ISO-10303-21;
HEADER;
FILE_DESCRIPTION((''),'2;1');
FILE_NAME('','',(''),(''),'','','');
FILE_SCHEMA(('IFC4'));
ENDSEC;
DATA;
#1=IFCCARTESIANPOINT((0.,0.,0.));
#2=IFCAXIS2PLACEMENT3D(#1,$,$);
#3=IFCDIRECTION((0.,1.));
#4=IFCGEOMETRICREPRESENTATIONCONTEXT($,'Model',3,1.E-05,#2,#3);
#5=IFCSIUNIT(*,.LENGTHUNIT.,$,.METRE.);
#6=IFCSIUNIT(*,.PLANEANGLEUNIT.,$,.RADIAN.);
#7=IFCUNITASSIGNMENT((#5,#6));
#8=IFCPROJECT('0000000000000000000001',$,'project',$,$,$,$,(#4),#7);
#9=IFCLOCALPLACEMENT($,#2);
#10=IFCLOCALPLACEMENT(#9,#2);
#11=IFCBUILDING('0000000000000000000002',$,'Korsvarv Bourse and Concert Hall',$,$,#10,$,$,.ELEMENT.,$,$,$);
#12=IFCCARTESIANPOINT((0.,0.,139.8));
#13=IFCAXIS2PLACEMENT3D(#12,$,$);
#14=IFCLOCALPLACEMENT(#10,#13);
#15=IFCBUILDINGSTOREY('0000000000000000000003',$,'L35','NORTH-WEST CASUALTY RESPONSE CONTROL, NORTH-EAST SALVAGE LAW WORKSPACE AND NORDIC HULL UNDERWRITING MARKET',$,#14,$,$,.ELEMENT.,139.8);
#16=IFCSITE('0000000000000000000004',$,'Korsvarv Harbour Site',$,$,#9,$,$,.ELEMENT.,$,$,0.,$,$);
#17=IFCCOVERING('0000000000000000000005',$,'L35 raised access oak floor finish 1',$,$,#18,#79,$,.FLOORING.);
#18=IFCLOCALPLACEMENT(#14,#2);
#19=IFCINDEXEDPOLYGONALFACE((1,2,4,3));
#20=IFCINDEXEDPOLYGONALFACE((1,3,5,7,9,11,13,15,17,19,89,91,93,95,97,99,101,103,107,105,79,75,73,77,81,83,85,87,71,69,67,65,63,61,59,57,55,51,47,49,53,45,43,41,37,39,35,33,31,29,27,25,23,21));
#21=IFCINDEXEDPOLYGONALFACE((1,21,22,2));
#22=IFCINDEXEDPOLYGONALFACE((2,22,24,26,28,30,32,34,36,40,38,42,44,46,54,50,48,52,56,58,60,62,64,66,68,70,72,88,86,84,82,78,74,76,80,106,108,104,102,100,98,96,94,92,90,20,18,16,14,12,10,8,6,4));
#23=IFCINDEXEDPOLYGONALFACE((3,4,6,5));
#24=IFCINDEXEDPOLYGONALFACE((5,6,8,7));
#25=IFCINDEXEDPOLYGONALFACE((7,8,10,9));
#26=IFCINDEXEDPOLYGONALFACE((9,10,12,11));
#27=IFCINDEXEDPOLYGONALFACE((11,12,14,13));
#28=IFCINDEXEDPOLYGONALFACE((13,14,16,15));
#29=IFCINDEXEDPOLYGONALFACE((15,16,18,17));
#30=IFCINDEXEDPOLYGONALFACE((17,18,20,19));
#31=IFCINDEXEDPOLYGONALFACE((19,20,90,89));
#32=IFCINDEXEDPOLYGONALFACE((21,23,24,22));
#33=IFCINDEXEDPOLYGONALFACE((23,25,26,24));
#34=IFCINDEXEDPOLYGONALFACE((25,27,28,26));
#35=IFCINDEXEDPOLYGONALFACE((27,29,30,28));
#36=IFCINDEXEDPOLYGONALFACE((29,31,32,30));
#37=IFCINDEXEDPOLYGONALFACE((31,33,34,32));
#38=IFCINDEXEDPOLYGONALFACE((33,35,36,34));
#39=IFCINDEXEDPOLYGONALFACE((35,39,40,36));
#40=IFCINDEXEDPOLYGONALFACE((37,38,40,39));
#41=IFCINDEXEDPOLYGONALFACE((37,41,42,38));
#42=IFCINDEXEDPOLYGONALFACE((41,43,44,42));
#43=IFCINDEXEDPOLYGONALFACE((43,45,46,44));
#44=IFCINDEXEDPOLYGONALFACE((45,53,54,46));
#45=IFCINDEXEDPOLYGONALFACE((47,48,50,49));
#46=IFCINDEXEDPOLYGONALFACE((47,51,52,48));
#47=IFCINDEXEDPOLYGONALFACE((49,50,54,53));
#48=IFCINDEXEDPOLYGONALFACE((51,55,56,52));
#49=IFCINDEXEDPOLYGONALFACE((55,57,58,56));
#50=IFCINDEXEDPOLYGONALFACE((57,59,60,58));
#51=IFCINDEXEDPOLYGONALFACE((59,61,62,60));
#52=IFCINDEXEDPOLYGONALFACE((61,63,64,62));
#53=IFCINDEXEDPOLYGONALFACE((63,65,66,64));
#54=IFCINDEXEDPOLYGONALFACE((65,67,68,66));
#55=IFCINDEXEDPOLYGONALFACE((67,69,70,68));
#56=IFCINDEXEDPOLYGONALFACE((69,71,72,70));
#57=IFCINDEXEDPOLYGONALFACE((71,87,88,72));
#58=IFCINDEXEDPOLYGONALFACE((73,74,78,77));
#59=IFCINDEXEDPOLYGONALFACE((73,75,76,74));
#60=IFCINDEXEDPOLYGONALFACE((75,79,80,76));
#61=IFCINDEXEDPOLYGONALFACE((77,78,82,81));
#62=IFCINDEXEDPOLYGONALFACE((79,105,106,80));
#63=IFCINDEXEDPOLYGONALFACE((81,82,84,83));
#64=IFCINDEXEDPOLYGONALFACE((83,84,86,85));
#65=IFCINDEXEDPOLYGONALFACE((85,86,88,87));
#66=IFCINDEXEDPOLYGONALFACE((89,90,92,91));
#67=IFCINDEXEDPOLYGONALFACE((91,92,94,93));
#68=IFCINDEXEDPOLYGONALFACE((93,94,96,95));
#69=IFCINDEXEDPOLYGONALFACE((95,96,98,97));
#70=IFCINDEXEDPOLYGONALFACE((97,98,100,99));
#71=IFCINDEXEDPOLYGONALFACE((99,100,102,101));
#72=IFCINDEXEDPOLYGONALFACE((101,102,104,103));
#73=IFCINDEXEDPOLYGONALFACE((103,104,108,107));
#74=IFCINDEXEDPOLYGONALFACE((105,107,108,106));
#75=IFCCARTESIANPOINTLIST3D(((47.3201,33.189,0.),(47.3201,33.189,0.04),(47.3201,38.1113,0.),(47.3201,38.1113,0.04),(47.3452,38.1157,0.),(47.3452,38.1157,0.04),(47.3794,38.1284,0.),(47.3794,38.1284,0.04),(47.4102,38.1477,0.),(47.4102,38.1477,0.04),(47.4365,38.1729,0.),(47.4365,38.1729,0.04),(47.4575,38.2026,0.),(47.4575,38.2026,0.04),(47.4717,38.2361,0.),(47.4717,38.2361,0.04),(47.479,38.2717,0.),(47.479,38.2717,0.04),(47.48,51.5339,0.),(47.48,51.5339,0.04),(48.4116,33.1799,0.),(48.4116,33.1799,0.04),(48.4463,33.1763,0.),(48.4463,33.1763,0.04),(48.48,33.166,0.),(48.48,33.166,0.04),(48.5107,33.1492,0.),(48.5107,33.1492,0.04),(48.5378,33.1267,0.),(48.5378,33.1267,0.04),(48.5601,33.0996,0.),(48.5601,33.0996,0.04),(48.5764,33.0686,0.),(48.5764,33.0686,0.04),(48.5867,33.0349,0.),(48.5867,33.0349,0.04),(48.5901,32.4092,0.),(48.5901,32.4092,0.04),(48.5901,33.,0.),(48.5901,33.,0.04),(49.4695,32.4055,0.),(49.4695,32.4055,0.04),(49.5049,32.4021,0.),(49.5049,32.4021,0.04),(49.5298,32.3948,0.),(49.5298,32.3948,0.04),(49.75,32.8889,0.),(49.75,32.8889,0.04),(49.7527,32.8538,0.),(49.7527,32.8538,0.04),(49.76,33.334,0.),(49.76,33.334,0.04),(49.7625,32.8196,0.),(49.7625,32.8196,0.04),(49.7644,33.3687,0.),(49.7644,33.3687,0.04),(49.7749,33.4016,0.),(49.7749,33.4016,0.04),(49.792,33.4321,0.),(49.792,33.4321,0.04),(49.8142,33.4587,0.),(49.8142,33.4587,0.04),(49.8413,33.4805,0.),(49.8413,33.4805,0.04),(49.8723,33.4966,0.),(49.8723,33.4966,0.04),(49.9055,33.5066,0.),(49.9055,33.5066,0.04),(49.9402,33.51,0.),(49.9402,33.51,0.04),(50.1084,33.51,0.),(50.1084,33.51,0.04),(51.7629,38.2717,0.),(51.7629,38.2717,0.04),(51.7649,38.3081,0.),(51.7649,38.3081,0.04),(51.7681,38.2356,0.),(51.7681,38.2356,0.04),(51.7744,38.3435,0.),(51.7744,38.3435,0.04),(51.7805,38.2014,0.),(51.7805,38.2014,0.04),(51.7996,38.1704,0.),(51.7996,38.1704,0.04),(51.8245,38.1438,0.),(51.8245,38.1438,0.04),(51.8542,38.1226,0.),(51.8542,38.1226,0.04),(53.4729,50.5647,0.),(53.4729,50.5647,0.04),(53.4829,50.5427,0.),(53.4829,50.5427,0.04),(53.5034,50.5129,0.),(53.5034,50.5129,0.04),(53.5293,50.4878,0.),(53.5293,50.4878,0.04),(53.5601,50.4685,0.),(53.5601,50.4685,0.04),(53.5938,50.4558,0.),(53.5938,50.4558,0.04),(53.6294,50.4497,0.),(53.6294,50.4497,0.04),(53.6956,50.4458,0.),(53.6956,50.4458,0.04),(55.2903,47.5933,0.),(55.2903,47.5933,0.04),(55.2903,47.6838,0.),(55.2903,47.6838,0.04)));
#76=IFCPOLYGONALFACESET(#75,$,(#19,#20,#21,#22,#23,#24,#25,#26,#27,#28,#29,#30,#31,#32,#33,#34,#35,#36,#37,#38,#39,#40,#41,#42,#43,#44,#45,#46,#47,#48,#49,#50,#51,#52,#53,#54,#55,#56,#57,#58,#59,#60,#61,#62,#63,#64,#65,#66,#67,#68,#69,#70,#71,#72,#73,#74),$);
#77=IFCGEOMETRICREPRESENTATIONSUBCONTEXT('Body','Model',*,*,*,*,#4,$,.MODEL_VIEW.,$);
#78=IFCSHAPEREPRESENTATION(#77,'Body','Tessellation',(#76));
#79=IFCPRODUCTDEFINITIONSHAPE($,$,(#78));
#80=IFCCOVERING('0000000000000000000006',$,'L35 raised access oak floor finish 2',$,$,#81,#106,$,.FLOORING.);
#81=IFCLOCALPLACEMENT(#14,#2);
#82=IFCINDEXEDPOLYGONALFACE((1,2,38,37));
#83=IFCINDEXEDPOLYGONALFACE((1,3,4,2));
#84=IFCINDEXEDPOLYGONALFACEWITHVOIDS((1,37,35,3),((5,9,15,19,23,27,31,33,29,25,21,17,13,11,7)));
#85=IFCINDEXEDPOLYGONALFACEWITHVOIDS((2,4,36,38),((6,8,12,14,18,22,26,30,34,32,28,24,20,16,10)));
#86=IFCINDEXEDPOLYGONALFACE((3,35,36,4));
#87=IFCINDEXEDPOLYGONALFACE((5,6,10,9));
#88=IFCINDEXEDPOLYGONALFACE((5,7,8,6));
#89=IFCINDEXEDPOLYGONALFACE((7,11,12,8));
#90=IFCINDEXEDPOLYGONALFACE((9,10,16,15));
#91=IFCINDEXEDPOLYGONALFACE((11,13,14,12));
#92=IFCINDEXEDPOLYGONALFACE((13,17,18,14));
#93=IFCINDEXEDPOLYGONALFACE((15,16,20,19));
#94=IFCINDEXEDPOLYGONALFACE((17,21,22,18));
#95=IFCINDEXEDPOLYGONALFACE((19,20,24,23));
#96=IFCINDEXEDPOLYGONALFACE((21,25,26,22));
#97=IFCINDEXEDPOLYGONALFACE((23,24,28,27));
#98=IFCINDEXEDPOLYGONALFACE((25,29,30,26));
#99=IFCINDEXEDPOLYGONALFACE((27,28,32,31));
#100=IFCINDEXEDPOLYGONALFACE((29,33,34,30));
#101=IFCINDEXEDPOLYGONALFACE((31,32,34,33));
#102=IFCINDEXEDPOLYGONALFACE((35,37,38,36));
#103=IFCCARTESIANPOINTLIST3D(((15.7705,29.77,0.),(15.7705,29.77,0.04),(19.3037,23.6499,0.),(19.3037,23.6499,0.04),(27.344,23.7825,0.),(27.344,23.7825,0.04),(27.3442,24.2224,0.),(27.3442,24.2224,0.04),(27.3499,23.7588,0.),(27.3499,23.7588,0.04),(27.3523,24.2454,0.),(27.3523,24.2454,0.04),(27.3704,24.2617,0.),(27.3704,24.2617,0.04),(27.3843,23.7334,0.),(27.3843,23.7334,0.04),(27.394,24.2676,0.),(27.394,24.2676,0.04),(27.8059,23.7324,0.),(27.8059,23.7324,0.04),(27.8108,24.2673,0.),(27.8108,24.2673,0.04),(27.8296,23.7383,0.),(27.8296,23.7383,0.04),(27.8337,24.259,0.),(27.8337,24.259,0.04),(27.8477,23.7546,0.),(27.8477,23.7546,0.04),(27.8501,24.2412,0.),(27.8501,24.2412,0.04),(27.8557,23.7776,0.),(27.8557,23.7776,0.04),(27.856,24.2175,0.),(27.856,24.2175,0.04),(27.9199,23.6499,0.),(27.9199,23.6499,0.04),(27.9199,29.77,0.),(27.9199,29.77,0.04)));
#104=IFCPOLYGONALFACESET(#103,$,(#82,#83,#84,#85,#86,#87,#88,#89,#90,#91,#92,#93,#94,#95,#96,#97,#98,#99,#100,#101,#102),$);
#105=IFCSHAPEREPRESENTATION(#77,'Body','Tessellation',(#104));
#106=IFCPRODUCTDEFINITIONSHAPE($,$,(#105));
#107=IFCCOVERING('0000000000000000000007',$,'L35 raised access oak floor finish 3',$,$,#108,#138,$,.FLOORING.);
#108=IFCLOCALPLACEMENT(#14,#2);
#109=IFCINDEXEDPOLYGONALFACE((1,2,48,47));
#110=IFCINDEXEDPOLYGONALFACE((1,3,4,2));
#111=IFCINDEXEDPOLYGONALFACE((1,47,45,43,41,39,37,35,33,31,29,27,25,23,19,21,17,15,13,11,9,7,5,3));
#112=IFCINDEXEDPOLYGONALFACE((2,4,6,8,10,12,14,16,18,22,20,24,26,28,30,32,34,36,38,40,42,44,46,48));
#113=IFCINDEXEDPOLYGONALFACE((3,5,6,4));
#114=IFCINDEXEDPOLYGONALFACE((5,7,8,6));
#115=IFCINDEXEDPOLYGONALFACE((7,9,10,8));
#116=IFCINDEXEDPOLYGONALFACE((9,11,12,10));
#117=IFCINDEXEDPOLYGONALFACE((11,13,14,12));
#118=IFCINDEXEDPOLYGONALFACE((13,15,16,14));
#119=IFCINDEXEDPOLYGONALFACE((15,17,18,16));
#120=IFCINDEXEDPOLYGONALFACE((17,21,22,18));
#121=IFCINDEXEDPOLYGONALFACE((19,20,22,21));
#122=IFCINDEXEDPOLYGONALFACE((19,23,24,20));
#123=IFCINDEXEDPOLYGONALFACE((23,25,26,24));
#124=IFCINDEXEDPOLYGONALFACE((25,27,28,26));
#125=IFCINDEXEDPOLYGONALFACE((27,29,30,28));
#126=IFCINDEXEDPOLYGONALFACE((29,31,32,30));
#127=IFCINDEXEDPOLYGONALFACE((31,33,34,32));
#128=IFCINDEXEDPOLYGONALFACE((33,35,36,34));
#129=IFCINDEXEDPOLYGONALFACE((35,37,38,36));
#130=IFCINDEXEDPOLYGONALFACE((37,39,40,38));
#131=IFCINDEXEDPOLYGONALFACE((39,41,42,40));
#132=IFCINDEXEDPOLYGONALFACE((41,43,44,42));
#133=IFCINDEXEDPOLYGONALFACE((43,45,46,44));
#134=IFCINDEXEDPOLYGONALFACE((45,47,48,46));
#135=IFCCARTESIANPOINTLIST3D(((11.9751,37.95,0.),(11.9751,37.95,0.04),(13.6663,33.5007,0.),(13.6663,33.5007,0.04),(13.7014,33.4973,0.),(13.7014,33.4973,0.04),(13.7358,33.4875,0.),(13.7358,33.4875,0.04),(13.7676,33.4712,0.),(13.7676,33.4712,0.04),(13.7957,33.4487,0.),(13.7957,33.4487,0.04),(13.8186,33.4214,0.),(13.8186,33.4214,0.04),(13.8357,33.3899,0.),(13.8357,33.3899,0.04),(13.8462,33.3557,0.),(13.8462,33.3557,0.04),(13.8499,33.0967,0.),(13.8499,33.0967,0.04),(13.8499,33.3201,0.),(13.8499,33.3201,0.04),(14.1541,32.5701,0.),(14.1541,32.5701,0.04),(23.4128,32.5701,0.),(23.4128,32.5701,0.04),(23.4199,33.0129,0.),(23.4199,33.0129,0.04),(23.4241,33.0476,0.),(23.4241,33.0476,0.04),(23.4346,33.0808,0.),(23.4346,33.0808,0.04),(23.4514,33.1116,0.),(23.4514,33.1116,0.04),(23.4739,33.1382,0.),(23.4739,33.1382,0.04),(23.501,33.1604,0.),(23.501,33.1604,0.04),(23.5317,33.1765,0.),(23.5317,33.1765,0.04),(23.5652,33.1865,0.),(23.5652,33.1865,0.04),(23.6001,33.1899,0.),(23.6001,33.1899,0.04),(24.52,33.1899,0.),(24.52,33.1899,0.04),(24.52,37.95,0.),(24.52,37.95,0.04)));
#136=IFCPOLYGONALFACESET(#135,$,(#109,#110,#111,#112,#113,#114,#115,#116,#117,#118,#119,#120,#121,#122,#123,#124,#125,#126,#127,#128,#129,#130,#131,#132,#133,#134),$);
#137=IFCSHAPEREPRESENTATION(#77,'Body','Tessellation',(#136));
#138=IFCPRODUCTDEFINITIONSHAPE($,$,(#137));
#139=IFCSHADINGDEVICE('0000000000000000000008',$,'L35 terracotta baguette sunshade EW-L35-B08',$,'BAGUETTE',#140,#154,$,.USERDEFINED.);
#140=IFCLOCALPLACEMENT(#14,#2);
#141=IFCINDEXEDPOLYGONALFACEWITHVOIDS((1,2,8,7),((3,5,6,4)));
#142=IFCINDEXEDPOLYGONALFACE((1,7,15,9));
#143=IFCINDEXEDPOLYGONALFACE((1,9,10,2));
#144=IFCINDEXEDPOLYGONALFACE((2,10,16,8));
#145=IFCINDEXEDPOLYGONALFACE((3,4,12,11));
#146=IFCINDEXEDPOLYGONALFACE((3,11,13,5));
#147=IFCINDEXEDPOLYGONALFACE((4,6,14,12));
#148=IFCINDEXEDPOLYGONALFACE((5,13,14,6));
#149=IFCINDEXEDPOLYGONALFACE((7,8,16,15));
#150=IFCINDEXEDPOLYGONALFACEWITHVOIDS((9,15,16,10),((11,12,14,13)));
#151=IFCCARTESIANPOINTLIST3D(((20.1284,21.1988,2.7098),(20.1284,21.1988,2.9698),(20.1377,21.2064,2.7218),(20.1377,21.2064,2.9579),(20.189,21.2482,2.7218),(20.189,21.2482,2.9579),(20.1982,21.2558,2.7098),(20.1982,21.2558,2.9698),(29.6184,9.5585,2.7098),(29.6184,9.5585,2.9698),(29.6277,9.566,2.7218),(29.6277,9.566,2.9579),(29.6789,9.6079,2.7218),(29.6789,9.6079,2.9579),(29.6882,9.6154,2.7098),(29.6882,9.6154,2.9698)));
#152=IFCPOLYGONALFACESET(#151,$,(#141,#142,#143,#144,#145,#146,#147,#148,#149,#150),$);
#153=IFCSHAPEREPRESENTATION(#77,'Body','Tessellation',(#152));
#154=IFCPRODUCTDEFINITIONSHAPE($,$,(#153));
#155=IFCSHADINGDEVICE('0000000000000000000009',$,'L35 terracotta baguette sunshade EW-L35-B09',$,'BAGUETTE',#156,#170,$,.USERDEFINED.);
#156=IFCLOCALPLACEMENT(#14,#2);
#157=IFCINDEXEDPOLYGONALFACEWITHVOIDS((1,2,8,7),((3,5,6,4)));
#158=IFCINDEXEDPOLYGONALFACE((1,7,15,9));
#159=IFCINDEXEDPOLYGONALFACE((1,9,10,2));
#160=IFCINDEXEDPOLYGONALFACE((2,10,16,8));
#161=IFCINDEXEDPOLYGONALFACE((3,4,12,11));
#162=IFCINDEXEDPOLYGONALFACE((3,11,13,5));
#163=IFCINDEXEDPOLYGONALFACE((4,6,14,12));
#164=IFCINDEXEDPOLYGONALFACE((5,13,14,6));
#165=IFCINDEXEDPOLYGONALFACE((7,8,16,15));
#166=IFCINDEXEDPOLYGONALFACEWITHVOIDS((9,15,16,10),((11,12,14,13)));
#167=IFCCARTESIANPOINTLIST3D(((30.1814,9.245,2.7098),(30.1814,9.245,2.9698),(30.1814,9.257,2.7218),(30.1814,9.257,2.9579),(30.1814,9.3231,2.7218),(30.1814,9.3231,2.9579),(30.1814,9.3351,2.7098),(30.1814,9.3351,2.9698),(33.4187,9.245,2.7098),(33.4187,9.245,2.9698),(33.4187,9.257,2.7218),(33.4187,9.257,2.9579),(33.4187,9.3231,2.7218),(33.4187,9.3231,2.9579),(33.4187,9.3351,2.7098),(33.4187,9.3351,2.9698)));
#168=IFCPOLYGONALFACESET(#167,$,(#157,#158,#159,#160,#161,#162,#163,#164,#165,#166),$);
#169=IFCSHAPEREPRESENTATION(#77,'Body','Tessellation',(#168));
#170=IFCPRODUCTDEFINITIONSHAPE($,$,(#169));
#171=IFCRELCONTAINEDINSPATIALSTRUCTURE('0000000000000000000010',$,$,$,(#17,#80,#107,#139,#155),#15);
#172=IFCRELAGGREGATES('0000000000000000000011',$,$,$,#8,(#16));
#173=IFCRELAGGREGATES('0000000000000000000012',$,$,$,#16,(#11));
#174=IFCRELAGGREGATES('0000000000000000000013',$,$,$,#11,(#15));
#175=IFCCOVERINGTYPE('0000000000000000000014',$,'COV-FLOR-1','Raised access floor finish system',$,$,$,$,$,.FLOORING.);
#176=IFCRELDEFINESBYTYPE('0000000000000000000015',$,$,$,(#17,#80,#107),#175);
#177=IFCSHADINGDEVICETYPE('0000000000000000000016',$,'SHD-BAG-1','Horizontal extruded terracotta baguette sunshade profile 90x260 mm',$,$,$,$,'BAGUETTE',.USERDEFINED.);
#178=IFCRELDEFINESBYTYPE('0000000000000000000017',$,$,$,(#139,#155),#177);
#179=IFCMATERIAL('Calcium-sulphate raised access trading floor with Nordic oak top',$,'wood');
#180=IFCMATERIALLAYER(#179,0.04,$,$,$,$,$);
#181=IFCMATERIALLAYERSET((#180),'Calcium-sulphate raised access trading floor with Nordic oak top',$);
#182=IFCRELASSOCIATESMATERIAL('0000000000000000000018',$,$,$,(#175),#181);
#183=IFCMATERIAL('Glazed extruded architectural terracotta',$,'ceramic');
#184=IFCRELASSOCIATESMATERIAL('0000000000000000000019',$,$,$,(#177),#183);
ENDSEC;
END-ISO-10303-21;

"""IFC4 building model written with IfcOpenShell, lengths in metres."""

from ifc_helpers import new_model, si_unit, direction, frame, origin, origin_2d, place, context, subcontext, project, spatial, polyline, hollow_rectangle, outline, extrude, source, transform, mapped, material, layer, layer_set, material_profile, profile_set, type_object, element, save


model = new_model("IFC4")

# Units and contexts
model_context = context("Model", 3, precision=1e-05, world=origin(), true_north=direction((0.0, 1.0)))
body_context = subcontext(model_context, "Body", "Model", "MODEL_VIEW")
ifc_project = project(units=[si_unit("LENGTHUNIT", "METRE"), si_unit("PLANEANGLEUNIT", "RADIAN")], contexts=[model_context])

# Site, building, storey
site_placement = place(None, origin())
site = spatial("IfcSite", under=ifc_project, at=site_placement, Name="Korsvarv Harbour Site", CompositionType="ELEMENT", RefElevation=0.0)
building_placement = place(site_placement, origin())
building = spatial("IfcBuilding", under=site, at=building_placement, Name="Korsvarv Bourse and Concert Hall", CompositionType="ELEMENT")
storey_placement = place(building_placement, frame((0.0, 0.0, 139.8)))
storey = spatial("IfcBuildingStorey", under=building, at=storey_placement, Name="L35", Description="NORTH-WEST CASUALTY RESPONSE CONTROL, NORTH-EAST SALVAGE LAW WORKSPACE AND NORDIC HULL UNDERWRITING MARKET", CompositionType="ELEMENT", Elevation=139.8)

# Coverings
ifc_material_1 = material(Name="Calcium-sulphate raised access trading floor with Nordic oak top", Category="wood")
ifc_layer_1 = layer(ifc_material_1, 0.04)
ifc_layer_set_1 = layer_set([ifc_layer_1], Name="Calcium-sulphate raised access trading floor with Nordic oak top")
covering_type_1 = type_object("IfcCoveringType", Name="COV-FLOR-1", Description="Raised access floor finish system", PredefinedType="FLOORING", material=ifc_layer_set_1)
covering_1_placement = place(storey_placement, origin())
element("IfcCovering", 1, at=covering_1_placement, inside=storey, type_object=covering_type_1, Name="L35 raised access oak floor finish 1", PredefinedType="FLOORING", context=body_context, shape_type="SweptSolid", body=[
    extrude(outline(polyline([(47.3201, 38.1113), (47.3452, 38.1157), (47.3794, 38.1284), (47.4102, 38.1477), (47.4365, 38.1729), (47.4575, 38.2026), (47.4717, 38.2361), (47.479, 38.2717), (47.48, 51.5339), (53.4729, 50.5647), (53.4829, 50.5427), (53.5034, 50.5129), (53.5293, 50.4878), (53.5601, 50.4685), (53.5938, 50.4558), (53.6294, 50.4497), (53.6956, 50.4458), (55.2903, 47.6838), (55.2903, 47.5933), (51.7744, 38.3435), (51.7649, 38.3081), (51.7629, 38.2717), (51.7681, 38.2356), (51.7805, 38.2014), (51.7996, 38.1704), (51.8245, 38.1438), (51.8542, 38.1226), (50.1084, 33.51), (49.9402, 33.51), (49.9055, 33.5066), (49.8723, 33.4966), (49.8413, 33.4805), (49.8142, 33.4587), (49.792, 33.4321), (49.7749, 33.4016), (49.7644, 33.3687), (49.76, 33.334), (49.75, 32.8889), (49.7527, 32.8538), (49.7625, 32.8196), (49.5298, 32.3948), (49.5049, 32.4021), (49.4695, 32.4055), (48.5901, 32.4092), (48.5901, 33.0), (48.5867, 33.0349), (48.5764, 33.0686), (48.5601, 33.0996), (48.5378, 33.1267), (48.5107, 33.1492), (48.48, 33.166), (48.4463, 33.1763), (48.4116, 33.1799), (47.3201, 33.189), (47.3201, 38.1113)])), origin(), (0.0, 0.0, 1.0), 0.04),
])
covering_2_placement = place(storey_placement, origin())
element("IfcCovering", 2, at=covering_2_placement, inside=storey, type_object=covering_type_1, Name="L35 raised access oak floor finish 2", PredefinedType="FLOORING", context=body_context, shape_type="SweptSolid", body=[
    extrude(outline(polyline([(19.3037, 23.6499), (15.7705, 29.77), (27.9199, 29.77), (27.9199, 23.6499), (19.3037, 23.6499)]), holes=[polyline([(27.3843, 23.7334), (27.8059, 23.7324), (27.8296, 23.7383), (27.8477, 23.7546), (27.8557, 23.7776), (27.856, 24.2175), (27.8501, 24.2412), (27.8337, 24.259), (27.8108, 24.2673), (27.394, 24.2676), (27.3704, 24.2617), (27.3523, 24.2454), (27.3442, 24.2224), (27.344, 23.7825), (27.3499, 23.7588), (27.3843, 23.7334)])]), origin(), (0.0, 0.0, 1.0), 0.04),
])
covering_3_placement = place(storey_placement, origin())
element("IfcCovering", 3, at=covering_3_placement, inside=storey, type_object=covering_type_1, Name="L35 raised access oak floor finish 3", PredefinedType="FLOORING", context=body_context, shape_type="SweptSolid", body=[
    extrude(outline(polyline([(13.8499, 33.0967), (13.8499, 33.3201), (13.8462, 33.3557), (13.8357, 33.3899), (13.8186, 33.4214), (13.7957, 33.4487), (13.7676, 33.4712), (13.7358, 33.4875), (13.7014, 33.4973), (13.6663, 33.5007), (11.9751, 37.95), (24.52, 37.95), (24.52, 33.1899), (23.6001, 33.1899), (23.5652, 33.1865), (23.5317, 33.1765), (23.501, 33.1604), (23.4739, 33.1382), (23.4514, 33.1116), (23.4346, 33.0808), (23.4241, 33.0476), (23.4199, 33.0129), (23.4128, 32.5701), (14.1541, 32.5701), (13.8499, 33.0967)])), origin(), (0.0, 0.0, 1.0), 0.04),
])

# Shading devices
ifc_material_2 = material(Name="Glazed extruded architectural terracotta", Category="ceramic")
ifc_material_profile_1 = material_profile(ifc_material_2, hollow_rectangle(XDim=0.0901, YDim=0.26, WallThickness=0.012, at=origin_2d()), Name="TC-BAG 90x260")
ifc_profile_set_1 = profile_set([ifc_material_profile_1], Name="Glazed extruded architectural terracotta")
shading_device_type = type_object("IfcShadingDeviceType", Name="SHD-BAG-1", Description="Horizontal extruded terracotta baguette sunshade profile 90x260 mm", ElementType="BAGUETTE", PredefinedType="USERDEFINED", material=ifc_profile_set_1)
shared_shape_1 = source(origin(), body_context, "Body", "SweptSolid", [
    extrude(hollow_rectangle(XDim=0.0901, YDim=0.26, WallThickness=0.012, at=origin_2d()), origin(), (0.0, 0.0, 1.0), 15.0186),
])
shading_device_1_placement = place(storey_placement, frame((20.1633, 21.2273, 2.8398), z_axis=(0.631882, -0.775064, 0.0), x_axis=(0.775064, 0.631882, 0.0)))
element("IfcShadingDevice", 4, at=shading_device_1_placement, inside=storey, type_object=shading_device_type, Name="L35 terracotta baguette sunshade EW-L35-B08", ObjectType="BAGUETTE", PredefinedType="USERDEFINED", context=body_context, shape_type="MappedRepresentation", body=[
    mapped(shared_shape_1, transform((0.0, 0.0, 0.0), scale=1.0)),
])
shared_shape_2 = source(origin(), body_context, "Body", "SweptSolid", [
    extrude(hollow_rectangle(XDim=0.0901, YDim=0.26, WallThickness=0.012, at=origin_2d()), origin(), (0.0, 0.0, 1.0), 3.2373),
])
shading_device_2_placement = place(storey_placement, frame((30.1814, 9.29, 2.8398), z_axis=(1.0, 0.0, 0.0), x_axis=(0.0, 1.0, 0.0)))
element("IfcShadingDevice", 5, at=shading_device_2_placement, inside=storey, type_object=shading_device_type, Name="L35 terracotta baguette sunshade EW-L35-B09", ObjectType="BAGUETTE", PredefinedType="USERDEFINED", context=body_context, shape_type="MappedRepresentation", body=[
    mapped(shared_shape_2, transform((0.0, 0.0, 0.0), scale=1.0)),
])

save(model, "model.ifc")
